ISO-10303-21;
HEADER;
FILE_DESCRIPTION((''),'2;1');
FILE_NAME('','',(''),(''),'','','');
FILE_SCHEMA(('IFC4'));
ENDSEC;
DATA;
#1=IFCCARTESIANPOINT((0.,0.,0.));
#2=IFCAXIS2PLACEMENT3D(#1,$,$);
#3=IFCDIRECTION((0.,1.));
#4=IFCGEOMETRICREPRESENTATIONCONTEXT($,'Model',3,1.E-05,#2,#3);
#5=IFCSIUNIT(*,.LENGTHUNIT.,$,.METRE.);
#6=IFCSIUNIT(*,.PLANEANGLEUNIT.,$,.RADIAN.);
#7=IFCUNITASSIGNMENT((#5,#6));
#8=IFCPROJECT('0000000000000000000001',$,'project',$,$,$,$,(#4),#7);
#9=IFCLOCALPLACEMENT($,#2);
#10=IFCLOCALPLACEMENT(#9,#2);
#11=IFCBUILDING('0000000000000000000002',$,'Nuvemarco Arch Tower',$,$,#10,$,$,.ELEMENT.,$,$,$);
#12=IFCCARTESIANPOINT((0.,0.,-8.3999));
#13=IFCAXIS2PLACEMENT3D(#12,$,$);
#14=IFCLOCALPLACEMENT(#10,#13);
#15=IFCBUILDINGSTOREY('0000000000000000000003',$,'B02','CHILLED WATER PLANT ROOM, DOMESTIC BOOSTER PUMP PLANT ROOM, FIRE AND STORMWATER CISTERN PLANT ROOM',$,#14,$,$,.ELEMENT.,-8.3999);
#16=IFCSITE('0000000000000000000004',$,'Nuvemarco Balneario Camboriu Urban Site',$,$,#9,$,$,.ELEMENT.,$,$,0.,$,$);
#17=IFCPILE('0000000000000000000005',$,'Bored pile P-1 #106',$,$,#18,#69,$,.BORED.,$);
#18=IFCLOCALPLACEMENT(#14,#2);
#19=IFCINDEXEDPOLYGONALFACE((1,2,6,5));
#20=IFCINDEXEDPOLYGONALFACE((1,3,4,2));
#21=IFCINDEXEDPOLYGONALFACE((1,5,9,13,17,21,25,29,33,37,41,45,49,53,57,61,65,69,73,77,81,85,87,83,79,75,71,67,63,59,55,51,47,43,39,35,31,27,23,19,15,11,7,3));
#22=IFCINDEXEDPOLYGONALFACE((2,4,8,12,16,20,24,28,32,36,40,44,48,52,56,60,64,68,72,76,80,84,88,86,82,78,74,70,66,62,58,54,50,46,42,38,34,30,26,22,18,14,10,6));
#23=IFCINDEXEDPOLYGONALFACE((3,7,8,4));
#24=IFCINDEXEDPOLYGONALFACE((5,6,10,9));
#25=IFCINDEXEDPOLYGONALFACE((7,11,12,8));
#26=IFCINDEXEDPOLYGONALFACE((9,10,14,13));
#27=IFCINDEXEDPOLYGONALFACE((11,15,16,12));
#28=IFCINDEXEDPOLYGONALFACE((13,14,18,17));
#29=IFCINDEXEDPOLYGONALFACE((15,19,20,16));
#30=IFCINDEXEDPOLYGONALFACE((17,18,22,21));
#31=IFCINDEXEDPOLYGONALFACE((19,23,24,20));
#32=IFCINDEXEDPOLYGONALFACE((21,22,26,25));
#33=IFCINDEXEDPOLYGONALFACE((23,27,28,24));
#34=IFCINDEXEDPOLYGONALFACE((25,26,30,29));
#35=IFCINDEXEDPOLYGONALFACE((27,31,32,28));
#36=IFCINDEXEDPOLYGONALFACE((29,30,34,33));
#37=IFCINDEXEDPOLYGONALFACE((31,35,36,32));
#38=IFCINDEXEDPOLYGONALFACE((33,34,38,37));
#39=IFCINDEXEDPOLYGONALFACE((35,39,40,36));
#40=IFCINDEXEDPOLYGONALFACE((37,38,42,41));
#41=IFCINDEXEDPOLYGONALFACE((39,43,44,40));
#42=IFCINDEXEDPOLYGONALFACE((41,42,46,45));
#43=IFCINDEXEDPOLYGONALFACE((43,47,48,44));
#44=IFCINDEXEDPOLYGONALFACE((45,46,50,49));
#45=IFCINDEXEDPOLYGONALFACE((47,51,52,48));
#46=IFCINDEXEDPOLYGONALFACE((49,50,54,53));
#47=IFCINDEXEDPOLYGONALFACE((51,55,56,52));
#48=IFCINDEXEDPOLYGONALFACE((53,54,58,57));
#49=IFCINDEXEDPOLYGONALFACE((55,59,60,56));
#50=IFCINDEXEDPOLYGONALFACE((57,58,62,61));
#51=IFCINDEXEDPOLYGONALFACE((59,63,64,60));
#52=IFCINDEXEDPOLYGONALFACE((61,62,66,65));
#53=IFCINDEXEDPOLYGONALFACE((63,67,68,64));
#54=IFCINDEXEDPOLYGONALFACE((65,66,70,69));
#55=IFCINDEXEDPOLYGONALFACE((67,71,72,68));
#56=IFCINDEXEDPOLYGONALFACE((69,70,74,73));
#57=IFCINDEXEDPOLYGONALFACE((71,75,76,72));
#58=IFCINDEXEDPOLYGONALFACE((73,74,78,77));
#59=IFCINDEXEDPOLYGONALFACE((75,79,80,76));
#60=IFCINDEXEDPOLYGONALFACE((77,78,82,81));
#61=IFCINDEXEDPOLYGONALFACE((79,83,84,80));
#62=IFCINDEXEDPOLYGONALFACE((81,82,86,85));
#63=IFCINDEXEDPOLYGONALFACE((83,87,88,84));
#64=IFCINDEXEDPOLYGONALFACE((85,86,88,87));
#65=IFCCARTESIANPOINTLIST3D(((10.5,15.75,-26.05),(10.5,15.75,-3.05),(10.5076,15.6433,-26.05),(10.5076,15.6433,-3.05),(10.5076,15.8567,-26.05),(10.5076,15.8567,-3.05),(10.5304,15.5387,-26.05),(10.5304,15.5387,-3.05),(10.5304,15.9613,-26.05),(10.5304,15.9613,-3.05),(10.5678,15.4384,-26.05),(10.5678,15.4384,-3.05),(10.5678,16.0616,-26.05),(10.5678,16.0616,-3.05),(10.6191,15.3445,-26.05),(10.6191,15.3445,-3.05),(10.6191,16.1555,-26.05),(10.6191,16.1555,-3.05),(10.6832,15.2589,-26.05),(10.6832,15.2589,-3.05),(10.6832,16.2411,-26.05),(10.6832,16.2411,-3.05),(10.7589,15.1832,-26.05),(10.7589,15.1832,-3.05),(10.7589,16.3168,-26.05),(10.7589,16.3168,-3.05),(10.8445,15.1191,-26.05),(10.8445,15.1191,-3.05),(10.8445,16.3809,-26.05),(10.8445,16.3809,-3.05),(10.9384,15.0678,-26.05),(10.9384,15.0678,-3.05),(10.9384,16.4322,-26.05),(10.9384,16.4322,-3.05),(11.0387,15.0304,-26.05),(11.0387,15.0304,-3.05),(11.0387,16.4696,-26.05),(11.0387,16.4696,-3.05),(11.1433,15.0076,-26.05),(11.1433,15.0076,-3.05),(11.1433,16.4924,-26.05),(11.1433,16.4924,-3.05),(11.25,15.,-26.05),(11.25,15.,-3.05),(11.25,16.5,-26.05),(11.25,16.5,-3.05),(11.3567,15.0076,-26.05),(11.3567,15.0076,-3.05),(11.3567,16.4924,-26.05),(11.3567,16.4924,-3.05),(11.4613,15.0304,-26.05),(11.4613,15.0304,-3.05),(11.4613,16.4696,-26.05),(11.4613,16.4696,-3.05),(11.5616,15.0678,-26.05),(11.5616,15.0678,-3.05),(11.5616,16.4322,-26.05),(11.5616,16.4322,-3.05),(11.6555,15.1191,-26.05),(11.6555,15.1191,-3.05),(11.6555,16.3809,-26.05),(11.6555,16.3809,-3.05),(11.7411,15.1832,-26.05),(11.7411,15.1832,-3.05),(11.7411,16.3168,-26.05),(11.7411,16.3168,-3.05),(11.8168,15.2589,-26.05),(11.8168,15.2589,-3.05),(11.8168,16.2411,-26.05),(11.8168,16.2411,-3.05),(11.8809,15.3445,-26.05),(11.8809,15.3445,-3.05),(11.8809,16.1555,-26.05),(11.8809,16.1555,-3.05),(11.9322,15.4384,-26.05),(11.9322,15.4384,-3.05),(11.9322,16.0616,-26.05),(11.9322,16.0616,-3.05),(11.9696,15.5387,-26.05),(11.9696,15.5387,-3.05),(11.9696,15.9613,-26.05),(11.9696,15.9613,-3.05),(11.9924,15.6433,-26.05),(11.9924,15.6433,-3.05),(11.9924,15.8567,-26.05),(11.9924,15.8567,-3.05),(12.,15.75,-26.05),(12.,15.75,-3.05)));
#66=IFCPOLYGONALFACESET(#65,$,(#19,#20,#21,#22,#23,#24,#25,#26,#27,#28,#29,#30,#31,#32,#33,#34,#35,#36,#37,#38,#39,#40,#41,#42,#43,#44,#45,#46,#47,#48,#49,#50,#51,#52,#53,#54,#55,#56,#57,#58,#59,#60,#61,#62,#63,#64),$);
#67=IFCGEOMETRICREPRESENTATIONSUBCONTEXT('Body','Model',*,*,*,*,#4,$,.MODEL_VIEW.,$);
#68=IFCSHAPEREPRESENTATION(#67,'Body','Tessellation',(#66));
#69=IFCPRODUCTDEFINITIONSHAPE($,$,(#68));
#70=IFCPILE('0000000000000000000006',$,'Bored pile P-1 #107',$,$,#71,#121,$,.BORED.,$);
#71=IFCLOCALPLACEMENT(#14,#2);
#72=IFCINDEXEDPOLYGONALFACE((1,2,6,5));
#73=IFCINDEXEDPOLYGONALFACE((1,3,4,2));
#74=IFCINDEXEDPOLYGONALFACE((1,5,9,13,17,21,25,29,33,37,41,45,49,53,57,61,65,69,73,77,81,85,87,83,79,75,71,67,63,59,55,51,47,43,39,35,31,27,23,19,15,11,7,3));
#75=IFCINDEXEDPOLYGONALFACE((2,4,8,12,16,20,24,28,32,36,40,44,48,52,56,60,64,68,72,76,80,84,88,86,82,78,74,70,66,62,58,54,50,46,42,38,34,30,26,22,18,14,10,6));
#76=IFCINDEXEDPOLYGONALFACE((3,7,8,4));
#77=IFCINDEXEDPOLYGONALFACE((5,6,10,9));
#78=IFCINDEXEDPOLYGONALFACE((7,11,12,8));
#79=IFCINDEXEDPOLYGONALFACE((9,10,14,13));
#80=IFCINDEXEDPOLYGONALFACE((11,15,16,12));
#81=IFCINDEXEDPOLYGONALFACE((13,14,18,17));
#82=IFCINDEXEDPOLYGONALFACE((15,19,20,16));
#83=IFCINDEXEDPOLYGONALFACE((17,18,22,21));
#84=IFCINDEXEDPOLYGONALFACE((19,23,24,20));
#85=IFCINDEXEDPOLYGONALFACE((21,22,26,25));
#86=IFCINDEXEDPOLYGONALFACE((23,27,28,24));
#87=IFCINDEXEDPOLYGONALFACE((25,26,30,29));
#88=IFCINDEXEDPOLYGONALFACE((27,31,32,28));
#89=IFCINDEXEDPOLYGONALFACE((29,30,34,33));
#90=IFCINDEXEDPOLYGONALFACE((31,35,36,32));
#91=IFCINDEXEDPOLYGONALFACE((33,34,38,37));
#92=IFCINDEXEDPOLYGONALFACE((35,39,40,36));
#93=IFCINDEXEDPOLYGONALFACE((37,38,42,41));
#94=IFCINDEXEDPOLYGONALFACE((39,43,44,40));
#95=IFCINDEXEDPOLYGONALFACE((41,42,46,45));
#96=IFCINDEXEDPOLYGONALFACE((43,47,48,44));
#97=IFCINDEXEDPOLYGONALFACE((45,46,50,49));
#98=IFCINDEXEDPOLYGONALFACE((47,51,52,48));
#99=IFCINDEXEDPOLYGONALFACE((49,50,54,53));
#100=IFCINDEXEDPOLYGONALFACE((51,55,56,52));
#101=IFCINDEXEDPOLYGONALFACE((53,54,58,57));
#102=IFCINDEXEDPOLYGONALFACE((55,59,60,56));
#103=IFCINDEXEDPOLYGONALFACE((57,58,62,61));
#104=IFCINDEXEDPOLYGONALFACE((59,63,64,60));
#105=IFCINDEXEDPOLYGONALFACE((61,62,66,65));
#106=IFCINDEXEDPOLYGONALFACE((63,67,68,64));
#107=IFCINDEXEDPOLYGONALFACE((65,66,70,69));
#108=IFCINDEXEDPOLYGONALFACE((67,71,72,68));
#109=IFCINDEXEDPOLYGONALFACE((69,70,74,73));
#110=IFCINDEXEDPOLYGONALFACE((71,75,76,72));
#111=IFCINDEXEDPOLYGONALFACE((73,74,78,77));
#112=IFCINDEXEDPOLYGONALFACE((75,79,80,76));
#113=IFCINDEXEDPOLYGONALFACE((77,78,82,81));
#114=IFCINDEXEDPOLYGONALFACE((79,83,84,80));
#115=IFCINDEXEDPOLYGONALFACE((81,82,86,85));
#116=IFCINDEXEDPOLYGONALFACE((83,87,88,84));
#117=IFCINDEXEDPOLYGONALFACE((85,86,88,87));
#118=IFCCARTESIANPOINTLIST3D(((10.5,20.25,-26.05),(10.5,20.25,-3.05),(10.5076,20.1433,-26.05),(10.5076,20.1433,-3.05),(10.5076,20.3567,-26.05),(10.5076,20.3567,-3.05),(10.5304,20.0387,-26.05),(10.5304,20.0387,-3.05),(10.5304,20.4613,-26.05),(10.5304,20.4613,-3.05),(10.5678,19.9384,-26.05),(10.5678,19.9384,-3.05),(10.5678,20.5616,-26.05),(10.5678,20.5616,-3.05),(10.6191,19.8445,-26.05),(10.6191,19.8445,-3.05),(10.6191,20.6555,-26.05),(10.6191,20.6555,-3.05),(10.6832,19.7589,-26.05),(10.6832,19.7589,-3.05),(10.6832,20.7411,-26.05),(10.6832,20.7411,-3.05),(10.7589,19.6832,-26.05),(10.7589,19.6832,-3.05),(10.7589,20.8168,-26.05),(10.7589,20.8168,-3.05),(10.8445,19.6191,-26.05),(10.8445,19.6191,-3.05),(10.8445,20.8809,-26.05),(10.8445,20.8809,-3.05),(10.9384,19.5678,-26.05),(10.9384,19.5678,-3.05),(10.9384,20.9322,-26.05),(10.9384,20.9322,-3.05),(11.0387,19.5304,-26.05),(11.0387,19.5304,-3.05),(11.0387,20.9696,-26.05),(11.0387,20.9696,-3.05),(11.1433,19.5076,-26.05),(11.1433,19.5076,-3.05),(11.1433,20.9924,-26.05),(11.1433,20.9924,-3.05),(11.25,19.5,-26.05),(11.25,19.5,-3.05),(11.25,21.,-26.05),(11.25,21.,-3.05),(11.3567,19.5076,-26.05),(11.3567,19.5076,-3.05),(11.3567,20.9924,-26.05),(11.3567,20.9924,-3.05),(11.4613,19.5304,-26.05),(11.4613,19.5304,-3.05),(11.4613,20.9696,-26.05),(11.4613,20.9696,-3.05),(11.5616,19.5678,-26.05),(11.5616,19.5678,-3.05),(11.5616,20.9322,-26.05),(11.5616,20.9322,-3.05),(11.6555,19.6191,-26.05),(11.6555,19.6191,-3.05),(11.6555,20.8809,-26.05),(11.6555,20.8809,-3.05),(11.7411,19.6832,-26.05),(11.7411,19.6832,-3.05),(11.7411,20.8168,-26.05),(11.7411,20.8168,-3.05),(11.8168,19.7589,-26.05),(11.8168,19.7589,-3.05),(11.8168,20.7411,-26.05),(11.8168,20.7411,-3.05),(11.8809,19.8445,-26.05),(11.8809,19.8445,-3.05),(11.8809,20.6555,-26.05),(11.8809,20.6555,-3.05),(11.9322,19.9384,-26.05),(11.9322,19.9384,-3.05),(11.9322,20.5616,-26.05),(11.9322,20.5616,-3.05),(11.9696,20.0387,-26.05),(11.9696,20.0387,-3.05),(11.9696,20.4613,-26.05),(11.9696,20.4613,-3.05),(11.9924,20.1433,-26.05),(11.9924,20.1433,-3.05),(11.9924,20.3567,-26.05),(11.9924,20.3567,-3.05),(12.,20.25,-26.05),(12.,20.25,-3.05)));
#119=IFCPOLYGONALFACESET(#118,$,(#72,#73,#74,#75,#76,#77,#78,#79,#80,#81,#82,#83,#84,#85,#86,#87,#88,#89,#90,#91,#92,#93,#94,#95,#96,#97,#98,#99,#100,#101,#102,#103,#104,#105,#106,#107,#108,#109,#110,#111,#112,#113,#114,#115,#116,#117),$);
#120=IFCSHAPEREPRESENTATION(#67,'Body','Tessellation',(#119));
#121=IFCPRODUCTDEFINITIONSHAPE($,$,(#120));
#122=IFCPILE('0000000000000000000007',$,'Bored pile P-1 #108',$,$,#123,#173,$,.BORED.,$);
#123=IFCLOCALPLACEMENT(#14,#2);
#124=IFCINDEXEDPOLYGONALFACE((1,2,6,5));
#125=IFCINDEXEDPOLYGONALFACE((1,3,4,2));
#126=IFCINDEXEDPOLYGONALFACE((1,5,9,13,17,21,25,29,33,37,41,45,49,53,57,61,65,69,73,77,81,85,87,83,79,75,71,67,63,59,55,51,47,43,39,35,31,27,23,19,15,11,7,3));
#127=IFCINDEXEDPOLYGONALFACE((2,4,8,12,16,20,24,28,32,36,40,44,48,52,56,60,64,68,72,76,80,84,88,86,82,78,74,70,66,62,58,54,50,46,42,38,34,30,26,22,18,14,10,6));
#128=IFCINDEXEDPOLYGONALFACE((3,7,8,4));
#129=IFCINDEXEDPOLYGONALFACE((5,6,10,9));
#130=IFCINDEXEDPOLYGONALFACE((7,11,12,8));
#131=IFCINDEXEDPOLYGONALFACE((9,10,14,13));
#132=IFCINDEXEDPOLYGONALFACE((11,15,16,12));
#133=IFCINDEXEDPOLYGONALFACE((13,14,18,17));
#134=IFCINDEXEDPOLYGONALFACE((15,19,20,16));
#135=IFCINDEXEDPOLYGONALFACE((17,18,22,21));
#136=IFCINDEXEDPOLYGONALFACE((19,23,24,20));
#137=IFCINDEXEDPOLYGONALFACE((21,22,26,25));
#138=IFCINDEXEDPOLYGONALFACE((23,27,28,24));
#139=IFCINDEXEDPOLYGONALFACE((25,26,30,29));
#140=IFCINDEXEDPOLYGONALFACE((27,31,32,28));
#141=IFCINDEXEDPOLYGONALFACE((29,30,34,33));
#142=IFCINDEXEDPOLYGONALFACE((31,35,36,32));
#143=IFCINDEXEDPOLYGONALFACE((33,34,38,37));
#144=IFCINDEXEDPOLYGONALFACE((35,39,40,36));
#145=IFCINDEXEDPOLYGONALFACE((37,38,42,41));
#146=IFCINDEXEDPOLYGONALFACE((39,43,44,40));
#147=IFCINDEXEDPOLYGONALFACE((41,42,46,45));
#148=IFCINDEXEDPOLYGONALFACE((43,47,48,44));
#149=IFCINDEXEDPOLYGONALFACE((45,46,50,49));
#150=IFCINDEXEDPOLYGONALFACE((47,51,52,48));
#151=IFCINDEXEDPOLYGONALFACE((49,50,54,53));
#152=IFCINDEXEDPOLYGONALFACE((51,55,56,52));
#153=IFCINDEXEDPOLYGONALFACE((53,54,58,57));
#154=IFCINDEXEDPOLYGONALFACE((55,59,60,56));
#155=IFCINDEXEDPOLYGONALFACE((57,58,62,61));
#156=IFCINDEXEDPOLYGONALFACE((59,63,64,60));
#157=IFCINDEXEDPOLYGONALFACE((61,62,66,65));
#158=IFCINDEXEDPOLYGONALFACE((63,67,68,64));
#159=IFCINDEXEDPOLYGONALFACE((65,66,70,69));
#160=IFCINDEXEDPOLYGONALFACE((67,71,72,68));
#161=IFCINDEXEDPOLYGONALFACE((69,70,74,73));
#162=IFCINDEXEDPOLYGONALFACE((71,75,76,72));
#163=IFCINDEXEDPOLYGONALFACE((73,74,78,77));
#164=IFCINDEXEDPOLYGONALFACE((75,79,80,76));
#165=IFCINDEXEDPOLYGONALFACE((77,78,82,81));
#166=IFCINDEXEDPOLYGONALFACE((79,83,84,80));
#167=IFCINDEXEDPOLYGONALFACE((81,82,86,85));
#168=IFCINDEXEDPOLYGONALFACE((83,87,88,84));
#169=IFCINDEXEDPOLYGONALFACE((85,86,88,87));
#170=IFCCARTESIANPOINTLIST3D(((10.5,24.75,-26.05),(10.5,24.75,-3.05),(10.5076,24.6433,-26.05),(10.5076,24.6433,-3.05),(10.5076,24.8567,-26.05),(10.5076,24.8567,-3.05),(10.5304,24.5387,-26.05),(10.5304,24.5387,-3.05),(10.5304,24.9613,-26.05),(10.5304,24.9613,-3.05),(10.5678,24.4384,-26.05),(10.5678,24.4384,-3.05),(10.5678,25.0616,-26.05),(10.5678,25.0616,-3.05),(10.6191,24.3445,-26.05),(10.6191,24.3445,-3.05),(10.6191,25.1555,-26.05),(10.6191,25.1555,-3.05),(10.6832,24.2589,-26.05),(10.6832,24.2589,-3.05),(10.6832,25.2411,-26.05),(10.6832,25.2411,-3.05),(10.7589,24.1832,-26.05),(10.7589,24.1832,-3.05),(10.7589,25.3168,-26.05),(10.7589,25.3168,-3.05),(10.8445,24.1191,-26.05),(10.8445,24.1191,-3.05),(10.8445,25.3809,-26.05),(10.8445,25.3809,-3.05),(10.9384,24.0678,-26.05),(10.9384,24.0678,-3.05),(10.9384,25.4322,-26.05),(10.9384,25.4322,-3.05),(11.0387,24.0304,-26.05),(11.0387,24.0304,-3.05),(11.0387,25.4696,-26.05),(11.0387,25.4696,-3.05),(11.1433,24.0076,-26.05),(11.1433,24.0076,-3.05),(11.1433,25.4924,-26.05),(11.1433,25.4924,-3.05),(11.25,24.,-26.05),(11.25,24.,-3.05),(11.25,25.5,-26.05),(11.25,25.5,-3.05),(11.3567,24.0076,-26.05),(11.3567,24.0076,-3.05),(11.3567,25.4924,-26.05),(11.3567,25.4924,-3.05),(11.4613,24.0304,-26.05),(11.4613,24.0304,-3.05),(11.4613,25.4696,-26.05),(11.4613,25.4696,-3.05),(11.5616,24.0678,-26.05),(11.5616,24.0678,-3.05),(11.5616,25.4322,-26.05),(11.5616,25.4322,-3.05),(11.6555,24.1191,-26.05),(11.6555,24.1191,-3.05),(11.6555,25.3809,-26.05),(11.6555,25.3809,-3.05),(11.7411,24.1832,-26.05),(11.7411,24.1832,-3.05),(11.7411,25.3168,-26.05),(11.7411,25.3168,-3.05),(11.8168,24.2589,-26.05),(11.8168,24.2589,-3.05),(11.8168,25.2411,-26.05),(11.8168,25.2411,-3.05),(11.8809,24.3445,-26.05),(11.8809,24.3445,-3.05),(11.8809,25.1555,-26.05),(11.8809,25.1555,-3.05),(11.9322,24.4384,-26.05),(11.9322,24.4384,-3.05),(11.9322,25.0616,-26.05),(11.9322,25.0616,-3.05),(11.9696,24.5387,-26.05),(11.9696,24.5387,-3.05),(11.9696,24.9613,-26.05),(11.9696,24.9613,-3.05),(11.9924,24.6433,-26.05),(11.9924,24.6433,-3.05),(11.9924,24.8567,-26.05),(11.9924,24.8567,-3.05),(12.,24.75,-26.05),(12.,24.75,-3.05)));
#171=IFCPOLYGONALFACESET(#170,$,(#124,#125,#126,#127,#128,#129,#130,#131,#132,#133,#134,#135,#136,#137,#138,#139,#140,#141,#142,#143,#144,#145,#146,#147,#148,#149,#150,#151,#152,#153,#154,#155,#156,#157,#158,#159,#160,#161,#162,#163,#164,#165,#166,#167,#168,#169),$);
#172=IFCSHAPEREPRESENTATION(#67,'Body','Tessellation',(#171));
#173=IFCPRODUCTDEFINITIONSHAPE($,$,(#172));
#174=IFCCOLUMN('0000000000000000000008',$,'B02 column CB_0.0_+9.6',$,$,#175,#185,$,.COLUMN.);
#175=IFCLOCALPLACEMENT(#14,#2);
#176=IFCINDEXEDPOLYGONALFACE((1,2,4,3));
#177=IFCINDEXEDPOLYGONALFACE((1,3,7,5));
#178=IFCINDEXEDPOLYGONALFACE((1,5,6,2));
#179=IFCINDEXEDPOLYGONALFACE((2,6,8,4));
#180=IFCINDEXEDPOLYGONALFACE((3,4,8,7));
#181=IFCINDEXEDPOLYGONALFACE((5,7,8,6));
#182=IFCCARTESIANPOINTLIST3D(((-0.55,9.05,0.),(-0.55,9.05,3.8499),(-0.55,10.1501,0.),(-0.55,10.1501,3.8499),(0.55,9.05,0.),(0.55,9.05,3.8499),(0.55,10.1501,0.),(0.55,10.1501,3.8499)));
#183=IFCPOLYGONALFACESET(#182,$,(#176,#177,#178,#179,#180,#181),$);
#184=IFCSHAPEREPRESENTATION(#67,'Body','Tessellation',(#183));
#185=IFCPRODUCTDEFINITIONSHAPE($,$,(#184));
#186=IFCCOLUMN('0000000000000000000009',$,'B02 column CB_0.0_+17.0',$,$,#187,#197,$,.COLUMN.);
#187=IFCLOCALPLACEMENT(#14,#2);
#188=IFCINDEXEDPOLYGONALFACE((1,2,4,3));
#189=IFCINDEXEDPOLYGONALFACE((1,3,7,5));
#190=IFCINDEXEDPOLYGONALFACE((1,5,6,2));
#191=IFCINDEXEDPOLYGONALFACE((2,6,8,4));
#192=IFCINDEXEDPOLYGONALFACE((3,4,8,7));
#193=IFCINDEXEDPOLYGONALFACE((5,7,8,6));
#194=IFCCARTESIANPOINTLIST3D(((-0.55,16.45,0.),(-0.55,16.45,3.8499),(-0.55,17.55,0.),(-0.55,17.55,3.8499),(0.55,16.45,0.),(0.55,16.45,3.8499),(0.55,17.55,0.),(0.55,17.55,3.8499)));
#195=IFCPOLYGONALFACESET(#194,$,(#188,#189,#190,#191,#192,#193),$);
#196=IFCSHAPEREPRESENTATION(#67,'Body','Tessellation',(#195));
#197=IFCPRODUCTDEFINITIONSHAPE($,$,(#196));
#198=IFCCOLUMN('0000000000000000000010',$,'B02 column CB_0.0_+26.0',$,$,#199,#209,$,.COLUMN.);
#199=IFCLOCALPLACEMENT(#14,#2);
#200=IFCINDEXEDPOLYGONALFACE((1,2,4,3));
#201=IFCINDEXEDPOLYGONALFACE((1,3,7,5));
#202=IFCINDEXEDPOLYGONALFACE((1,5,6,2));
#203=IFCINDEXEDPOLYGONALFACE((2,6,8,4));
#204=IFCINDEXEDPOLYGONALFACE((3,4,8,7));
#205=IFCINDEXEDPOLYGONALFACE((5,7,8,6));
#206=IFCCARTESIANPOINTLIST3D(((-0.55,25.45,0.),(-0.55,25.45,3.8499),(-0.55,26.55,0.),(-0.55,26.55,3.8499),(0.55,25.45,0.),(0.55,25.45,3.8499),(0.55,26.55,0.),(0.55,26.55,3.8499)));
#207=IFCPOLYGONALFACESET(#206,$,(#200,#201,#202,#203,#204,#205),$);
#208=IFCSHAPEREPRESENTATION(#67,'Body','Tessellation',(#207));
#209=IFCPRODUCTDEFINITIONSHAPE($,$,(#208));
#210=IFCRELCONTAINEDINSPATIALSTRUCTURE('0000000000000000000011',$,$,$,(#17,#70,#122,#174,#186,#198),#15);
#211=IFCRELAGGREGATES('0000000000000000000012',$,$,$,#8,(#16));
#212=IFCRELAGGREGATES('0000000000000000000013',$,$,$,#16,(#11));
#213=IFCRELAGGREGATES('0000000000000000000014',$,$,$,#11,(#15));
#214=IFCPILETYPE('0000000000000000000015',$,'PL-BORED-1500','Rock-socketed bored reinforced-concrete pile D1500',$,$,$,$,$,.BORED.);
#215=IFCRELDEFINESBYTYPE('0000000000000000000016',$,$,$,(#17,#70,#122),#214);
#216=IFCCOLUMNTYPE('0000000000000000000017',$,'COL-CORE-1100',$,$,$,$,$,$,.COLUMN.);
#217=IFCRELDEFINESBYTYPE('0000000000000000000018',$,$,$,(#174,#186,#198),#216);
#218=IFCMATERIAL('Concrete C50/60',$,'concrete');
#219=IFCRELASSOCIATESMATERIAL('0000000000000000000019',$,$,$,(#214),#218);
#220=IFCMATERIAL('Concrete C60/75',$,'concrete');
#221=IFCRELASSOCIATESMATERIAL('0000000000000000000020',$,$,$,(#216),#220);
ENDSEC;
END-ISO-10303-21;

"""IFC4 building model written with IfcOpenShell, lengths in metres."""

from ifc_helpers import new_model, si_unit, direction, frame, origin, origin_2d, place, context, subcontext, project, spatial, rectangle, circle, extrude, material, material_profile, profile_set, type_object, element, save


model = new_model("IFC4")

# Units and contexts
model_context = context("Model", 3, precision=1e-05, world=origin(), true_north=direction((0.0, 1.0)))
body_context = subcontext(model_context, "Body", "Model", "MODEL_VIEW")
ifc_project = project(units=[si_unit("LENGTHUNIT", "METRE"), si_unit("PLANEANGLEUNIT", "RADIAN")], contexts=[model_context])

# Site, building, storey
site_placement = place(None, origin())
site = spatial("IfcSite", under=ifc_project, at=site_placement, Name="Nuvemarco Balneario Camboriu Urban Site", CompositionType="ELEMENT", RefElevation=0.0)
building_placement = place(site_placement, origin())
building = spatial("IfcBuilding", under=site, at=building_placement, Name="Nuvemarco Arch Tower", CompositionType="ELEMENT")
storey_placement = place(building_placement, frame((0.0, 0.0, -8.3999)))
storey = spatial("IfcBuildingStorey", under=building, at=storey_placement, Name="B02", Description="CHILLED WATER PLANT ROOM, DOMESTIC BOOSTER PUMP PLANT ROOM, FIRE AND STORMWATER CISTERN PLANT ROOM", CompositionType="ELEMENT", Elevation=-8.3999)

# Piles
ifc_material_1 = material(Name="Concrete C50/60", Category="concrete")
ifc_material_profile_1 = material_profile(ifc_material_1, circle(Radius=0.75, at=origin_2d()), Name="PILE-D1500")
ifc_profile_set_1 = profile_set([ifc_material_profile_1], Name="Concrete C50/60")
pile_type = type_object("IfcPileType", Name="PL-BORED-1500", Description="Rock-socketed bored reinforced-concrete pile D1500", PredefinedType="BORED", material=ifc_profile_set_1)
for number, where, z_axis, x_axis, name in (
    (1, (11.25, 15.75, -3.05), (0.0, 0.0, -1.0), (1.0, 0.0, 0.0), "Bored pile P-1 #106"),
    (2, (11.25, 20.25, -3.05), (0.0, 0.0, -1.0), (1.0, 0.0, 0.0), "Bored pile P-1 #107"),
    (3, (11.25, 24.75, -3.05), (0.0, 0.0, -1.0), (1.0, 0.0, 0.0), "Bored pile P-1 #108"),
):
    element("IfcPile", number, at=place(storey_placement, frame(where, z_axis=z_axis, x_axis=x_axis)), inside=storey, type_object=pile_type, Name=name, PredefinedType="BORED", context=body_context, shape_type="SweptSolid", body=[
        extrude(circle(Radius=0.75, at=origin_2d()), origin(), (0.0, 0.0, 1.0), 23.0),
    ])

# Columns
ifc_material_2 = material(Name="Concrete C60/75", Category="concrete")
ifc_material_profile_2 = material_profile(ifc_material_2, rectangle(XDim=1.1001, YDim=1.1001, at=origin_2d()), Name="RC-COL-1100x1100")
ifc_profile_set_2 = profile_set([ifc_material_profile_2], Name="Concrete C60/75")
column_type_1 = type_object("IfcColumnType", Name="COL-CORE-1100", PredefinedType="COLUMN", material=ifc_profile_set_2)
for number, where, z_axis, x_axis, name in (
    (4, (0.0, 9.6001, 0.0), (0.0, 0.0, 1.0), (1.0, 0.0, 0.0), "B02 column CB_0.0_+9.6"),
    (5, (0.0, 17.0, 0.0), (0.0, 0.0, 1.0), (1.0, 0.0, 0.0), "B02 column CB_0.0_+17.0"),
    (6, (0.0, 26.0, 0.0), (0.0, 0.0, 1.0), (1.0, 0.0, 0.0), "B02 column CB_0.0_+26.0"),
):
    element("IfcColumn", number, at=place(storey_placement, frame(where, z_axis=z_axis, x_axis=x_axis)), inside=storey, type_object=column_type_1, Name=name, PredefinedType="COLUMN", context=body_context, shape_type="SweptSolid", body=[
        extrude(rectangle(XDim=1.1001, YDim=1.1001, at=origin_2d()), origin(), (0.0, 0.0, 1.0), 3.8499),
    ])

save(model, "model.ifc")
